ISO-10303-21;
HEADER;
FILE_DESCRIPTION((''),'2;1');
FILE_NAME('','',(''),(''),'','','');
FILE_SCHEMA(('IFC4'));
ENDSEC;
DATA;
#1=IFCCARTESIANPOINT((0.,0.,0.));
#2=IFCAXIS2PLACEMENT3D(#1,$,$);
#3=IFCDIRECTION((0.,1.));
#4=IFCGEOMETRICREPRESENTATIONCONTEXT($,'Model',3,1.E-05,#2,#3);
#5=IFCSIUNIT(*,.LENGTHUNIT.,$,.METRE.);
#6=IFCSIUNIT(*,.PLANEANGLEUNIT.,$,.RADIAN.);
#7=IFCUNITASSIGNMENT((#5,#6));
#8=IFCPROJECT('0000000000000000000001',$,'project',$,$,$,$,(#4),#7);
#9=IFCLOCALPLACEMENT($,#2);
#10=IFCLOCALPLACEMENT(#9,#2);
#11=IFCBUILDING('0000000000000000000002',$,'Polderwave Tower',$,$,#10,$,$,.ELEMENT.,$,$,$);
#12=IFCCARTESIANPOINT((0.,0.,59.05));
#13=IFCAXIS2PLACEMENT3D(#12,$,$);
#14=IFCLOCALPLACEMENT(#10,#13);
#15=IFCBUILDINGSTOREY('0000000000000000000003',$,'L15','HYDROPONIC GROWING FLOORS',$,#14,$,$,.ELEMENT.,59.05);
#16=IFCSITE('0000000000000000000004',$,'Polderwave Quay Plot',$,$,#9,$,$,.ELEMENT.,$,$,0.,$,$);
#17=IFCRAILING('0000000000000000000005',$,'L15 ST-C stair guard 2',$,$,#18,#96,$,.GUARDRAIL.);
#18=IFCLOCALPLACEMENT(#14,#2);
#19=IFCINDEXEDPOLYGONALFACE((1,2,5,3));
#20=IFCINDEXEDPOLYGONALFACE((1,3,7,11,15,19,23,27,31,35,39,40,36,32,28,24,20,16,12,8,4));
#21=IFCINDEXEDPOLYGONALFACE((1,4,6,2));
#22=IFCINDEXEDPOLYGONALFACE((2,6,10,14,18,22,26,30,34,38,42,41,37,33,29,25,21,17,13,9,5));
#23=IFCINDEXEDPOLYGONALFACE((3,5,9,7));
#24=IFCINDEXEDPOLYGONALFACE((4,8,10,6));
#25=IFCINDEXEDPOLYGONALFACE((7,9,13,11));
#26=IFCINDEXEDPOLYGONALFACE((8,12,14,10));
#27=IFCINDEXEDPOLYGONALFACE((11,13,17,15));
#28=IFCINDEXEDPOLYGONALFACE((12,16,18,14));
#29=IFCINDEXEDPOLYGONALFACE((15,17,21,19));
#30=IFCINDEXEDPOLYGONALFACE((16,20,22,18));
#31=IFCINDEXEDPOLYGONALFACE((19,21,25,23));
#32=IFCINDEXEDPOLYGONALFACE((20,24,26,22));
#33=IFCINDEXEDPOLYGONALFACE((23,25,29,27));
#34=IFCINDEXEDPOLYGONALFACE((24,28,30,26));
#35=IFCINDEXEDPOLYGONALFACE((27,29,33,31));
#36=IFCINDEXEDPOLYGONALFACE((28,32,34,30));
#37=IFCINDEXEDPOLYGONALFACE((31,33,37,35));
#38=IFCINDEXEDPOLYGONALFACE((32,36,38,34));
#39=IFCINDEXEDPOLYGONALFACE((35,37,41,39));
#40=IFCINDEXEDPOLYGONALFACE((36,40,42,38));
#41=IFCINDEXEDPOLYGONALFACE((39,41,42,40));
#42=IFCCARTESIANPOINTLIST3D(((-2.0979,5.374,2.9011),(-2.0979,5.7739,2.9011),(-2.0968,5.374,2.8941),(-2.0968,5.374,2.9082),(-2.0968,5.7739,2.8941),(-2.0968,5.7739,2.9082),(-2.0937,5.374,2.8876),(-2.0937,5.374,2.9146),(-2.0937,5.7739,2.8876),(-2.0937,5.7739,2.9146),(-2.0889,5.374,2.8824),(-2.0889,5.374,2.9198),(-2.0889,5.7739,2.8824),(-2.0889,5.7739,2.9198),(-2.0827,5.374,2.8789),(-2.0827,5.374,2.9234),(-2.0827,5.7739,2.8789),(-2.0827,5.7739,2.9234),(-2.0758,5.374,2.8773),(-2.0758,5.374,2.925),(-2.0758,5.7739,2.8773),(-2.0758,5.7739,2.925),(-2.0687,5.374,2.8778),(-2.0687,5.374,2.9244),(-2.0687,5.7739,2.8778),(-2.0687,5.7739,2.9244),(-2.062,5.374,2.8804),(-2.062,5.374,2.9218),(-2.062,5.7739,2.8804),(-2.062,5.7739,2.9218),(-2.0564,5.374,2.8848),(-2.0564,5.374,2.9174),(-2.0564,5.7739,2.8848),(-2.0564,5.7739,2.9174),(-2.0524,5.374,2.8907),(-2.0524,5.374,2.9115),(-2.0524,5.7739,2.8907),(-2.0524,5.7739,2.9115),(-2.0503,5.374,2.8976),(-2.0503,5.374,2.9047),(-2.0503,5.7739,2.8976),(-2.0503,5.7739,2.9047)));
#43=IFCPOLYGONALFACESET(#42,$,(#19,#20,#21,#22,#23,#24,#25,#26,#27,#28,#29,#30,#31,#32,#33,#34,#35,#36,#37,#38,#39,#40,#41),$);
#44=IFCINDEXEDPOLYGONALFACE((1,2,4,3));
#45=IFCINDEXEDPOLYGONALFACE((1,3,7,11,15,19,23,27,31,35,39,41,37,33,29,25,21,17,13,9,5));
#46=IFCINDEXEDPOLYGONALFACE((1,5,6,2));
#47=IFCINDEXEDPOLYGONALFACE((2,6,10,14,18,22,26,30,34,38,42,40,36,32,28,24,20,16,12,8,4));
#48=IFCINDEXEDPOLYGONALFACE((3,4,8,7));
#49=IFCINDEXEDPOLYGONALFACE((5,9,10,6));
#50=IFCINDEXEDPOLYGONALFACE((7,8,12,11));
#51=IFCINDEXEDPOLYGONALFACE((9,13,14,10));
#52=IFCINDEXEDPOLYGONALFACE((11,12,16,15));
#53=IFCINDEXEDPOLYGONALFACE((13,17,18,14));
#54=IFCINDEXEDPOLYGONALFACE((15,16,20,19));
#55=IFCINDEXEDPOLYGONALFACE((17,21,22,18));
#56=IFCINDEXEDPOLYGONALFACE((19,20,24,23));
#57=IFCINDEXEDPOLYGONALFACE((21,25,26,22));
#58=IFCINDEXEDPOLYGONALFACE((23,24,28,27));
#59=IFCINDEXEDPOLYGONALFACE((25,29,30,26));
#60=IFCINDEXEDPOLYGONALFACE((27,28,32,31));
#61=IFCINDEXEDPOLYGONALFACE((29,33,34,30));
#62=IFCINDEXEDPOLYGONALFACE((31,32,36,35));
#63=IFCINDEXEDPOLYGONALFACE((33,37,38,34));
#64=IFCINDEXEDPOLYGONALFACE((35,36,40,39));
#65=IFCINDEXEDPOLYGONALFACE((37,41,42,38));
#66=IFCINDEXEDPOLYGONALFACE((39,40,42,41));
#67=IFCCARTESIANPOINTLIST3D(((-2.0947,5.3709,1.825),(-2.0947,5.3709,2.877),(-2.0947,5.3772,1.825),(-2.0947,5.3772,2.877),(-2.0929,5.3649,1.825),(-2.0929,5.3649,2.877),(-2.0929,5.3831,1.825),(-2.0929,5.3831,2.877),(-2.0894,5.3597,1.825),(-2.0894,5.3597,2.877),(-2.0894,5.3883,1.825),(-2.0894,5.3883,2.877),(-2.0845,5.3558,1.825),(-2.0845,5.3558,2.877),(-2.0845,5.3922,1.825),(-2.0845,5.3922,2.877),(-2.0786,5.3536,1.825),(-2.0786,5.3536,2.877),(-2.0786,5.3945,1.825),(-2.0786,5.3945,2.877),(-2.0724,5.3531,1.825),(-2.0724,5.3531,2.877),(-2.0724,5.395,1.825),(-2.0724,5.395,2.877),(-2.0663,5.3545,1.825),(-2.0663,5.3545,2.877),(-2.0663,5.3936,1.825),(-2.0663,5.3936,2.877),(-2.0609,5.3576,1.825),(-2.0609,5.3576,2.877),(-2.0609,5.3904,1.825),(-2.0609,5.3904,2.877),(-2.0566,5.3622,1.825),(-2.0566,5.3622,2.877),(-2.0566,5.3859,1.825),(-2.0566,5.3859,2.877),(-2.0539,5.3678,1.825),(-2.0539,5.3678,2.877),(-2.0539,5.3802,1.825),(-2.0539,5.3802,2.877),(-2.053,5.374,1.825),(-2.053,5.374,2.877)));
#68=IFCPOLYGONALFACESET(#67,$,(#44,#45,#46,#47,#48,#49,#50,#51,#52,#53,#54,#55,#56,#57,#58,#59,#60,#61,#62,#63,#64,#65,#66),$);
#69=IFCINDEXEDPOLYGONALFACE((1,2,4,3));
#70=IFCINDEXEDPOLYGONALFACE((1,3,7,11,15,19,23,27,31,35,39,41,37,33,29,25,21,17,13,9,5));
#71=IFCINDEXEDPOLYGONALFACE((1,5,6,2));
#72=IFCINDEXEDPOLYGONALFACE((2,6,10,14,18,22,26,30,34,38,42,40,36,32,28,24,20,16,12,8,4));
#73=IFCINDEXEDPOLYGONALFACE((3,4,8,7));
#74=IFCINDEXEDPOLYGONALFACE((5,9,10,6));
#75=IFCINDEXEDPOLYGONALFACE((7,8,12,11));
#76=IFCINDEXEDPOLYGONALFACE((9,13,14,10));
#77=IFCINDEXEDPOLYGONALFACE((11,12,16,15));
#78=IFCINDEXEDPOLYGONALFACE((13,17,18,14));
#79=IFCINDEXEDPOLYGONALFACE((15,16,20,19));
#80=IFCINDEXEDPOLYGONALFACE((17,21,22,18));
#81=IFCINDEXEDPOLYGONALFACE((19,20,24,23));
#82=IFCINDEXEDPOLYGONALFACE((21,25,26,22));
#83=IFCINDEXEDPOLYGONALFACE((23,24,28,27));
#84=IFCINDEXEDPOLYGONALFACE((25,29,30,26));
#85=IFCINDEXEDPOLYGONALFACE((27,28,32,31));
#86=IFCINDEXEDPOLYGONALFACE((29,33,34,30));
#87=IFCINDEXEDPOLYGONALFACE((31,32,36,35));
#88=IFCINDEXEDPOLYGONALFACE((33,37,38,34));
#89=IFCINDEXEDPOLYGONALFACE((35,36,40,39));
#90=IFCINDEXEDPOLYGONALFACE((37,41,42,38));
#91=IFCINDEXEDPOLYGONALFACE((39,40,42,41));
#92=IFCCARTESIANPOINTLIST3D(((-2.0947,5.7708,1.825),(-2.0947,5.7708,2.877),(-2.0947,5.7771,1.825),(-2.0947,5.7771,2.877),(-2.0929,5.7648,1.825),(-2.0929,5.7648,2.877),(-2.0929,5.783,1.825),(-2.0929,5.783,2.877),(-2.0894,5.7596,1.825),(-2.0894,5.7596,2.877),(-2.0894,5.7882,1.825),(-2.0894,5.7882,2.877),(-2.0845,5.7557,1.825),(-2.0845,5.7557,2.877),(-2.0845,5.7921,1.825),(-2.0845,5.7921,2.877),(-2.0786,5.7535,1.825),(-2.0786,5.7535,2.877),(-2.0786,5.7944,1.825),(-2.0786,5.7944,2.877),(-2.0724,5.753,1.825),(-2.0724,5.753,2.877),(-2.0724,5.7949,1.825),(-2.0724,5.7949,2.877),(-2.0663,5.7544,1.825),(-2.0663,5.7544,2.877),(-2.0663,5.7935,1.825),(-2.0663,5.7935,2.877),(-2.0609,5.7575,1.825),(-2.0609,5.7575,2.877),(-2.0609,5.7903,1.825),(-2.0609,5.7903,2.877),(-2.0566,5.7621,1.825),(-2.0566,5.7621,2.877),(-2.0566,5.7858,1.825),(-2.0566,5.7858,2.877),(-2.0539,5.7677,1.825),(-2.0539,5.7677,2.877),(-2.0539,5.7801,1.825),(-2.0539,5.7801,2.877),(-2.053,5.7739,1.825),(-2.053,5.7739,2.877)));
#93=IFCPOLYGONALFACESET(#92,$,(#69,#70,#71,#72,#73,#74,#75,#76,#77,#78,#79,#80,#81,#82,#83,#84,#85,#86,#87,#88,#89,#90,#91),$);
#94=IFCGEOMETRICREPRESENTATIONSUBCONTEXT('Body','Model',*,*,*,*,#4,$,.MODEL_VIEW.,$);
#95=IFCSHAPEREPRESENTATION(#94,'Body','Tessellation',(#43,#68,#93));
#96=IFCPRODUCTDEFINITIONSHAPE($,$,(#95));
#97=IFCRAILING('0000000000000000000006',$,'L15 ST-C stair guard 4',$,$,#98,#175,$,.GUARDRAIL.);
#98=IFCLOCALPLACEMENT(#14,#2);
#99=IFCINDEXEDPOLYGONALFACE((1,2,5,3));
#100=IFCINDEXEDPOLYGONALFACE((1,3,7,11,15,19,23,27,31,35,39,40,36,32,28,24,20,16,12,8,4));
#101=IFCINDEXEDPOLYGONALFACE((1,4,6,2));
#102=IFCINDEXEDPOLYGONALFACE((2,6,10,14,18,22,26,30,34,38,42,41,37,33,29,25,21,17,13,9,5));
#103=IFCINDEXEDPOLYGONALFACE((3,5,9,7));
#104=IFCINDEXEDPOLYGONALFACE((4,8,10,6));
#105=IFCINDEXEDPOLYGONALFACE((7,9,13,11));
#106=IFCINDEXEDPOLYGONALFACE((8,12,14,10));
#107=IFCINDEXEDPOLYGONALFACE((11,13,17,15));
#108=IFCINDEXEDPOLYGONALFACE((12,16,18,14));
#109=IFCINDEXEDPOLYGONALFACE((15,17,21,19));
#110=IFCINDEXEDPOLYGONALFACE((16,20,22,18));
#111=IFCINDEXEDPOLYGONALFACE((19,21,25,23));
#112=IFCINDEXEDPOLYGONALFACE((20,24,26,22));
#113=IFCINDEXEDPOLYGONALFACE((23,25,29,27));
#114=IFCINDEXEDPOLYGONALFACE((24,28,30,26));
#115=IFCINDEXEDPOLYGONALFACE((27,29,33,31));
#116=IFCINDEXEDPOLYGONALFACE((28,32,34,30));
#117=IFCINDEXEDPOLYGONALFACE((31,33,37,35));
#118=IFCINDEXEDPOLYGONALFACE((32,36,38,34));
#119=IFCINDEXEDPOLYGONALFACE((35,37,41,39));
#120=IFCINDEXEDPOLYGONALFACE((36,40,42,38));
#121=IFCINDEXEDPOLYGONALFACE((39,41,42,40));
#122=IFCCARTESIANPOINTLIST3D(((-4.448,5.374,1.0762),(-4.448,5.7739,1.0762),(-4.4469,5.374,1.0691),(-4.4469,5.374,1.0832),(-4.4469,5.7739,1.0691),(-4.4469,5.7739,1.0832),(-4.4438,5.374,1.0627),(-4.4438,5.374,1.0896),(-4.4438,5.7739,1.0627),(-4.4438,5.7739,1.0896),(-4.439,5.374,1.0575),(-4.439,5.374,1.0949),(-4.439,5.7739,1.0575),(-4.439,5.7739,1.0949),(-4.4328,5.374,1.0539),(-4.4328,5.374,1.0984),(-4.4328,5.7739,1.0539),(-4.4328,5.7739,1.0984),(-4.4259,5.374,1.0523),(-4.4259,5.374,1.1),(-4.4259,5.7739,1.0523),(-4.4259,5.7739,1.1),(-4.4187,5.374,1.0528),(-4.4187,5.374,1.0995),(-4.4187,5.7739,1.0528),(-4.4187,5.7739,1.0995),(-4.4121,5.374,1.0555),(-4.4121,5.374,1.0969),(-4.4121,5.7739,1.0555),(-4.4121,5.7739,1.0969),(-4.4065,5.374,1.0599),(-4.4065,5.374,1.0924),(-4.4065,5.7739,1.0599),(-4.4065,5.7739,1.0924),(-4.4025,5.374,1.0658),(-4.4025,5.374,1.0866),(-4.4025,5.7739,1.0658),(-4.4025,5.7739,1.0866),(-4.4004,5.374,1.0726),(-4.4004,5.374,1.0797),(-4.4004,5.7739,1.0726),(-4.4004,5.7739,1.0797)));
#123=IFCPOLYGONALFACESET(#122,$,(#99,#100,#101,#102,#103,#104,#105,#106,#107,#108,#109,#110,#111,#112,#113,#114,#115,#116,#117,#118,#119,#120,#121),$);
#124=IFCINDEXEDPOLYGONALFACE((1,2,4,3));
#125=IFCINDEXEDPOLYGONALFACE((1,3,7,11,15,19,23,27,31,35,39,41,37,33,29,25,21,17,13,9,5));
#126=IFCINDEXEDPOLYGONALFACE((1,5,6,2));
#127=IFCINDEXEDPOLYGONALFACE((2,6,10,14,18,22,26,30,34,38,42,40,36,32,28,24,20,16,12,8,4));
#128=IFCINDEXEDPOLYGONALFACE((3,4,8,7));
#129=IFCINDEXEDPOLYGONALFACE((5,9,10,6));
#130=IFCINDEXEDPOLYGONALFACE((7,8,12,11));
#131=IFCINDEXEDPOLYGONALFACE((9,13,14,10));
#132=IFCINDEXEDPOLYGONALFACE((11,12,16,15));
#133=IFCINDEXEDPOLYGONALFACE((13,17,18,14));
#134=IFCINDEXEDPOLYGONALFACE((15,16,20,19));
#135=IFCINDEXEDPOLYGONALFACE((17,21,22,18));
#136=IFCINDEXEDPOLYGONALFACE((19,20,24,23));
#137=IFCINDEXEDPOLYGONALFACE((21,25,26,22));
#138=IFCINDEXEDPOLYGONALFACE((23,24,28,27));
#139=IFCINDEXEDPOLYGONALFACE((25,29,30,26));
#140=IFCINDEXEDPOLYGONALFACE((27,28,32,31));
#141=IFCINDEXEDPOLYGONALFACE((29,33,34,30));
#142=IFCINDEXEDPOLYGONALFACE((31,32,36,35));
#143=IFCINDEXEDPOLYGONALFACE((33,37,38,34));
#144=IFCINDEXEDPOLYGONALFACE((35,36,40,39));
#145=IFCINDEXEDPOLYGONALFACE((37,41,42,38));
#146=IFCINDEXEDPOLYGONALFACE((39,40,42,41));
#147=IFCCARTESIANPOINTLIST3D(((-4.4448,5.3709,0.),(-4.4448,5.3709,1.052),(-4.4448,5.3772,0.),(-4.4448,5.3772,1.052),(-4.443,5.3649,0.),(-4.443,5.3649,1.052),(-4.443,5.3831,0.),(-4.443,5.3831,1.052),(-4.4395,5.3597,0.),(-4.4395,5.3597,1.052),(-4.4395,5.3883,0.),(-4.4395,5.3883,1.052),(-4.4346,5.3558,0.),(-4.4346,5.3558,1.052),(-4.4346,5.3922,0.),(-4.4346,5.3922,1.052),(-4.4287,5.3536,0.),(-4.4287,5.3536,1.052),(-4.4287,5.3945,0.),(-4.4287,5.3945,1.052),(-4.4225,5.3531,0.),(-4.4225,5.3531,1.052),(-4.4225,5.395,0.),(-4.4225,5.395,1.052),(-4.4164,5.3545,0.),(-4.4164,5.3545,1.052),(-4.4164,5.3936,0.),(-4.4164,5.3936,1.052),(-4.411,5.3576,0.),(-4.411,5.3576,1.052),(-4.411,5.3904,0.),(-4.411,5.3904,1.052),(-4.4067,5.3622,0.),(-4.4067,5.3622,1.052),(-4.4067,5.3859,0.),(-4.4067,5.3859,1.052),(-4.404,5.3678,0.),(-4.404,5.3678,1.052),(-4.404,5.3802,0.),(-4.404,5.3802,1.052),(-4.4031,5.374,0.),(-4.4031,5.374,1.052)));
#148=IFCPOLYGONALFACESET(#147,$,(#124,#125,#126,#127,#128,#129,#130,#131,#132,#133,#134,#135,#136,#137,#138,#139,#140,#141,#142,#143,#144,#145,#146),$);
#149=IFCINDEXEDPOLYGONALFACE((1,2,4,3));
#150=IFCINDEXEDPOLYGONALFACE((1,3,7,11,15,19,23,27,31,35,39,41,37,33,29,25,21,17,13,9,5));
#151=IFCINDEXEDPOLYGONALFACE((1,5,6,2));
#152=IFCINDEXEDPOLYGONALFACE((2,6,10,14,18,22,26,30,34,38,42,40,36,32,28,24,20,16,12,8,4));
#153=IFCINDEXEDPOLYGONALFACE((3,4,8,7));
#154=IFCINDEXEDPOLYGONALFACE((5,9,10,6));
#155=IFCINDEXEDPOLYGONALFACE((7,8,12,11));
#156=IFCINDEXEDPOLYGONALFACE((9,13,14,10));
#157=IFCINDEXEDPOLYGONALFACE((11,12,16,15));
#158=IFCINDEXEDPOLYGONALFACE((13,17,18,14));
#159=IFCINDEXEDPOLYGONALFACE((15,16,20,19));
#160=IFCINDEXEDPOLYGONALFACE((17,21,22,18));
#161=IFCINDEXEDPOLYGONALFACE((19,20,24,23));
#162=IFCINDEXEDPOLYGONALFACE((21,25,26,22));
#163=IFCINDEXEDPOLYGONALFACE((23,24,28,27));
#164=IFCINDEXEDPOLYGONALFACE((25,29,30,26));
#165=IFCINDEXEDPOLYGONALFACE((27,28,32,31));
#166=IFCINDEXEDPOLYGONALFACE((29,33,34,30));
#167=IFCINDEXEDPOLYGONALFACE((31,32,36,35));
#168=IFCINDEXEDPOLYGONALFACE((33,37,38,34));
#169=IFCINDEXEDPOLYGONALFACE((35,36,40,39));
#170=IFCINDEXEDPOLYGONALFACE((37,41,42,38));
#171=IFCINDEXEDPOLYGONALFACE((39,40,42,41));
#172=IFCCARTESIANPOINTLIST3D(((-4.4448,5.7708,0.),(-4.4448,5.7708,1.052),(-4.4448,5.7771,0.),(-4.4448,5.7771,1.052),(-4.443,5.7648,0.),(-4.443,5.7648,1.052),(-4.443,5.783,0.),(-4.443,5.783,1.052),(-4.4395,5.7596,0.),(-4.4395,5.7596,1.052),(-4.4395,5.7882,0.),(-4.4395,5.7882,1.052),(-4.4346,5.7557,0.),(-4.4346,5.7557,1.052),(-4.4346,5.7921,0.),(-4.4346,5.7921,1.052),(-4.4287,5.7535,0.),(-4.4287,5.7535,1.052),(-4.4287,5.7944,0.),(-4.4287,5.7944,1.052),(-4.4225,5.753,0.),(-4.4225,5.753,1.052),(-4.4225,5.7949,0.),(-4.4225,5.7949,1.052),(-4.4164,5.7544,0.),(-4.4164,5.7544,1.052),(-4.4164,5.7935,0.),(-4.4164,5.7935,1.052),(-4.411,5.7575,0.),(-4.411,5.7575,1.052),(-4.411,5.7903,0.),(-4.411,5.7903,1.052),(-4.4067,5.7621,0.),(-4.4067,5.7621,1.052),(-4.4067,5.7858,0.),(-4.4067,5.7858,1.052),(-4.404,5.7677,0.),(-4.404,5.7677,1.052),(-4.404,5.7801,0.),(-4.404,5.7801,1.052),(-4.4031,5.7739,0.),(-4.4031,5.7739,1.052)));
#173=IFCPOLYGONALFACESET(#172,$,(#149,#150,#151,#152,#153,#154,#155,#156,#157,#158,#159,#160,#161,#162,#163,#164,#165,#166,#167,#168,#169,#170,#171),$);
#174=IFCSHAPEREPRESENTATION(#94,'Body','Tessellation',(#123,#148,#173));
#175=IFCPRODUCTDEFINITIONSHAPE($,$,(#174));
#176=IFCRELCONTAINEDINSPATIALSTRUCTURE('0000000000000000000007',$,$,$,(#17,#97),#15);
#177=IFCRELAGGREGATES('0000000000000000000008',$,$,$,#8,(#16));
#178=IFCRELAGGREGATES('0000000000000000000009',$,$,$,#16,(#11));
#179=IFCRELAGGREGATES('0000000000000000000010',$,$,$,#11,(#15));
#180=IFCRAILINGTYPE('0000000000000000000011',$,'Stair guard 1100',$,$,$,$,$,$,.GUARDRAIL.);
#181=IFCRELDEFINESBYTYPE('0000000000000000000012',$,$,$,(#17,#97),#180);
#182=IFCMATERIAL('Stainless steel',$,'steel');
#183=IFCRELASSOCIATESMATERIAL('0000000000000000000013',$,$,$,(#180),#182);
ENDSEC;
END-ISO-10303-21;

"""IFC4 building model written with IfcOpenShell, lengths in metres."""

from ifc_helpers import new_model, si_unit, direction, frame, origin, origin_2d, place, context, subcontext, project, spatial, circle, extrude, material, type_object, element, save


model = new_model("IFC4")

# Units and contexts
model_context = context("Model", 3, precision=1e-05, world=origin(), true_north=direction((0.0, 1.0)))
body_context = subcontext(model_context, "Body", "Model", "MODEL_VIEW")
ifc_project = project(units=[si_unit("LENGTHUNIT", "METRE"), si_unit("PLANEANGLEUNIT", "RADIAN")], contexts=[model_context])

# Site, building, storey
site_placement = place(None, origin())
site = spatial("IfcSite", under=ifc_project, at=site_placement, Name="Polderwave Quay Plot", CompositionType="ELEMENT", RefElevation=0.0)
building_placement = place(site_placement, origin())
building = spatial("IfcBuilding", under=site, at=building_placement, Name="Polderwave Tower", CompositionType="ELEMENT")
storey_placement = place(building_placement, frame((0.0, 0.0, 59.05)))
storey = spatial("IfcBuildingStorey", under=building, at=storey_placement, Name="L15", Description="HYDROPONIC GROWING FLOORS", CompositionType="ELEMENT", Elevation=59.05)

# Railings
ifc_material_1 = material(Name="Stainless steel", Category="steel")
railing_type_1 = type_object("IfcRailingType", Name="Stair guard 1100", PredefinedType="GUARDRAIL", material=ifc_material_1)
for number, where, name in (
    (1, (-2.074, 5.374, 1.825), "L15 ST-C stair guard 2"),
    (2, (-4.4241, 5.374, 0.0), "L15 ST-C stair guard 4"),
):
    element("IfcRailing", number, at=place(storey_placement, frame(where)), inside=storey, type_object=railing_type_1, Name=name, PredefinedType="GUARDRAIL", context=body_context, shape_type="SweptSolid", body=[
        extrude(circle(Radius=0.0239, at=origin_2d()), frame((0.0, 0.0, 1.0762), z_axis=(0.0, 1.0, 0.0), x_axis=(-1.0, 0.0, 0.0)), (0.0, 0.0, 1.0), 0.3999),
        extrude(circle(Radius=0.021, at=origin_2d()), origin(), (0.0, 0.0, 1.0), 1.052),
        extrude(circle(Radius=0.021, at=origin_2d()), frame((0.0, 0.3999, 0.0)), (0.0, 0.0, 1.0), 1.052),
    ])

save(model, "model.ifc")
